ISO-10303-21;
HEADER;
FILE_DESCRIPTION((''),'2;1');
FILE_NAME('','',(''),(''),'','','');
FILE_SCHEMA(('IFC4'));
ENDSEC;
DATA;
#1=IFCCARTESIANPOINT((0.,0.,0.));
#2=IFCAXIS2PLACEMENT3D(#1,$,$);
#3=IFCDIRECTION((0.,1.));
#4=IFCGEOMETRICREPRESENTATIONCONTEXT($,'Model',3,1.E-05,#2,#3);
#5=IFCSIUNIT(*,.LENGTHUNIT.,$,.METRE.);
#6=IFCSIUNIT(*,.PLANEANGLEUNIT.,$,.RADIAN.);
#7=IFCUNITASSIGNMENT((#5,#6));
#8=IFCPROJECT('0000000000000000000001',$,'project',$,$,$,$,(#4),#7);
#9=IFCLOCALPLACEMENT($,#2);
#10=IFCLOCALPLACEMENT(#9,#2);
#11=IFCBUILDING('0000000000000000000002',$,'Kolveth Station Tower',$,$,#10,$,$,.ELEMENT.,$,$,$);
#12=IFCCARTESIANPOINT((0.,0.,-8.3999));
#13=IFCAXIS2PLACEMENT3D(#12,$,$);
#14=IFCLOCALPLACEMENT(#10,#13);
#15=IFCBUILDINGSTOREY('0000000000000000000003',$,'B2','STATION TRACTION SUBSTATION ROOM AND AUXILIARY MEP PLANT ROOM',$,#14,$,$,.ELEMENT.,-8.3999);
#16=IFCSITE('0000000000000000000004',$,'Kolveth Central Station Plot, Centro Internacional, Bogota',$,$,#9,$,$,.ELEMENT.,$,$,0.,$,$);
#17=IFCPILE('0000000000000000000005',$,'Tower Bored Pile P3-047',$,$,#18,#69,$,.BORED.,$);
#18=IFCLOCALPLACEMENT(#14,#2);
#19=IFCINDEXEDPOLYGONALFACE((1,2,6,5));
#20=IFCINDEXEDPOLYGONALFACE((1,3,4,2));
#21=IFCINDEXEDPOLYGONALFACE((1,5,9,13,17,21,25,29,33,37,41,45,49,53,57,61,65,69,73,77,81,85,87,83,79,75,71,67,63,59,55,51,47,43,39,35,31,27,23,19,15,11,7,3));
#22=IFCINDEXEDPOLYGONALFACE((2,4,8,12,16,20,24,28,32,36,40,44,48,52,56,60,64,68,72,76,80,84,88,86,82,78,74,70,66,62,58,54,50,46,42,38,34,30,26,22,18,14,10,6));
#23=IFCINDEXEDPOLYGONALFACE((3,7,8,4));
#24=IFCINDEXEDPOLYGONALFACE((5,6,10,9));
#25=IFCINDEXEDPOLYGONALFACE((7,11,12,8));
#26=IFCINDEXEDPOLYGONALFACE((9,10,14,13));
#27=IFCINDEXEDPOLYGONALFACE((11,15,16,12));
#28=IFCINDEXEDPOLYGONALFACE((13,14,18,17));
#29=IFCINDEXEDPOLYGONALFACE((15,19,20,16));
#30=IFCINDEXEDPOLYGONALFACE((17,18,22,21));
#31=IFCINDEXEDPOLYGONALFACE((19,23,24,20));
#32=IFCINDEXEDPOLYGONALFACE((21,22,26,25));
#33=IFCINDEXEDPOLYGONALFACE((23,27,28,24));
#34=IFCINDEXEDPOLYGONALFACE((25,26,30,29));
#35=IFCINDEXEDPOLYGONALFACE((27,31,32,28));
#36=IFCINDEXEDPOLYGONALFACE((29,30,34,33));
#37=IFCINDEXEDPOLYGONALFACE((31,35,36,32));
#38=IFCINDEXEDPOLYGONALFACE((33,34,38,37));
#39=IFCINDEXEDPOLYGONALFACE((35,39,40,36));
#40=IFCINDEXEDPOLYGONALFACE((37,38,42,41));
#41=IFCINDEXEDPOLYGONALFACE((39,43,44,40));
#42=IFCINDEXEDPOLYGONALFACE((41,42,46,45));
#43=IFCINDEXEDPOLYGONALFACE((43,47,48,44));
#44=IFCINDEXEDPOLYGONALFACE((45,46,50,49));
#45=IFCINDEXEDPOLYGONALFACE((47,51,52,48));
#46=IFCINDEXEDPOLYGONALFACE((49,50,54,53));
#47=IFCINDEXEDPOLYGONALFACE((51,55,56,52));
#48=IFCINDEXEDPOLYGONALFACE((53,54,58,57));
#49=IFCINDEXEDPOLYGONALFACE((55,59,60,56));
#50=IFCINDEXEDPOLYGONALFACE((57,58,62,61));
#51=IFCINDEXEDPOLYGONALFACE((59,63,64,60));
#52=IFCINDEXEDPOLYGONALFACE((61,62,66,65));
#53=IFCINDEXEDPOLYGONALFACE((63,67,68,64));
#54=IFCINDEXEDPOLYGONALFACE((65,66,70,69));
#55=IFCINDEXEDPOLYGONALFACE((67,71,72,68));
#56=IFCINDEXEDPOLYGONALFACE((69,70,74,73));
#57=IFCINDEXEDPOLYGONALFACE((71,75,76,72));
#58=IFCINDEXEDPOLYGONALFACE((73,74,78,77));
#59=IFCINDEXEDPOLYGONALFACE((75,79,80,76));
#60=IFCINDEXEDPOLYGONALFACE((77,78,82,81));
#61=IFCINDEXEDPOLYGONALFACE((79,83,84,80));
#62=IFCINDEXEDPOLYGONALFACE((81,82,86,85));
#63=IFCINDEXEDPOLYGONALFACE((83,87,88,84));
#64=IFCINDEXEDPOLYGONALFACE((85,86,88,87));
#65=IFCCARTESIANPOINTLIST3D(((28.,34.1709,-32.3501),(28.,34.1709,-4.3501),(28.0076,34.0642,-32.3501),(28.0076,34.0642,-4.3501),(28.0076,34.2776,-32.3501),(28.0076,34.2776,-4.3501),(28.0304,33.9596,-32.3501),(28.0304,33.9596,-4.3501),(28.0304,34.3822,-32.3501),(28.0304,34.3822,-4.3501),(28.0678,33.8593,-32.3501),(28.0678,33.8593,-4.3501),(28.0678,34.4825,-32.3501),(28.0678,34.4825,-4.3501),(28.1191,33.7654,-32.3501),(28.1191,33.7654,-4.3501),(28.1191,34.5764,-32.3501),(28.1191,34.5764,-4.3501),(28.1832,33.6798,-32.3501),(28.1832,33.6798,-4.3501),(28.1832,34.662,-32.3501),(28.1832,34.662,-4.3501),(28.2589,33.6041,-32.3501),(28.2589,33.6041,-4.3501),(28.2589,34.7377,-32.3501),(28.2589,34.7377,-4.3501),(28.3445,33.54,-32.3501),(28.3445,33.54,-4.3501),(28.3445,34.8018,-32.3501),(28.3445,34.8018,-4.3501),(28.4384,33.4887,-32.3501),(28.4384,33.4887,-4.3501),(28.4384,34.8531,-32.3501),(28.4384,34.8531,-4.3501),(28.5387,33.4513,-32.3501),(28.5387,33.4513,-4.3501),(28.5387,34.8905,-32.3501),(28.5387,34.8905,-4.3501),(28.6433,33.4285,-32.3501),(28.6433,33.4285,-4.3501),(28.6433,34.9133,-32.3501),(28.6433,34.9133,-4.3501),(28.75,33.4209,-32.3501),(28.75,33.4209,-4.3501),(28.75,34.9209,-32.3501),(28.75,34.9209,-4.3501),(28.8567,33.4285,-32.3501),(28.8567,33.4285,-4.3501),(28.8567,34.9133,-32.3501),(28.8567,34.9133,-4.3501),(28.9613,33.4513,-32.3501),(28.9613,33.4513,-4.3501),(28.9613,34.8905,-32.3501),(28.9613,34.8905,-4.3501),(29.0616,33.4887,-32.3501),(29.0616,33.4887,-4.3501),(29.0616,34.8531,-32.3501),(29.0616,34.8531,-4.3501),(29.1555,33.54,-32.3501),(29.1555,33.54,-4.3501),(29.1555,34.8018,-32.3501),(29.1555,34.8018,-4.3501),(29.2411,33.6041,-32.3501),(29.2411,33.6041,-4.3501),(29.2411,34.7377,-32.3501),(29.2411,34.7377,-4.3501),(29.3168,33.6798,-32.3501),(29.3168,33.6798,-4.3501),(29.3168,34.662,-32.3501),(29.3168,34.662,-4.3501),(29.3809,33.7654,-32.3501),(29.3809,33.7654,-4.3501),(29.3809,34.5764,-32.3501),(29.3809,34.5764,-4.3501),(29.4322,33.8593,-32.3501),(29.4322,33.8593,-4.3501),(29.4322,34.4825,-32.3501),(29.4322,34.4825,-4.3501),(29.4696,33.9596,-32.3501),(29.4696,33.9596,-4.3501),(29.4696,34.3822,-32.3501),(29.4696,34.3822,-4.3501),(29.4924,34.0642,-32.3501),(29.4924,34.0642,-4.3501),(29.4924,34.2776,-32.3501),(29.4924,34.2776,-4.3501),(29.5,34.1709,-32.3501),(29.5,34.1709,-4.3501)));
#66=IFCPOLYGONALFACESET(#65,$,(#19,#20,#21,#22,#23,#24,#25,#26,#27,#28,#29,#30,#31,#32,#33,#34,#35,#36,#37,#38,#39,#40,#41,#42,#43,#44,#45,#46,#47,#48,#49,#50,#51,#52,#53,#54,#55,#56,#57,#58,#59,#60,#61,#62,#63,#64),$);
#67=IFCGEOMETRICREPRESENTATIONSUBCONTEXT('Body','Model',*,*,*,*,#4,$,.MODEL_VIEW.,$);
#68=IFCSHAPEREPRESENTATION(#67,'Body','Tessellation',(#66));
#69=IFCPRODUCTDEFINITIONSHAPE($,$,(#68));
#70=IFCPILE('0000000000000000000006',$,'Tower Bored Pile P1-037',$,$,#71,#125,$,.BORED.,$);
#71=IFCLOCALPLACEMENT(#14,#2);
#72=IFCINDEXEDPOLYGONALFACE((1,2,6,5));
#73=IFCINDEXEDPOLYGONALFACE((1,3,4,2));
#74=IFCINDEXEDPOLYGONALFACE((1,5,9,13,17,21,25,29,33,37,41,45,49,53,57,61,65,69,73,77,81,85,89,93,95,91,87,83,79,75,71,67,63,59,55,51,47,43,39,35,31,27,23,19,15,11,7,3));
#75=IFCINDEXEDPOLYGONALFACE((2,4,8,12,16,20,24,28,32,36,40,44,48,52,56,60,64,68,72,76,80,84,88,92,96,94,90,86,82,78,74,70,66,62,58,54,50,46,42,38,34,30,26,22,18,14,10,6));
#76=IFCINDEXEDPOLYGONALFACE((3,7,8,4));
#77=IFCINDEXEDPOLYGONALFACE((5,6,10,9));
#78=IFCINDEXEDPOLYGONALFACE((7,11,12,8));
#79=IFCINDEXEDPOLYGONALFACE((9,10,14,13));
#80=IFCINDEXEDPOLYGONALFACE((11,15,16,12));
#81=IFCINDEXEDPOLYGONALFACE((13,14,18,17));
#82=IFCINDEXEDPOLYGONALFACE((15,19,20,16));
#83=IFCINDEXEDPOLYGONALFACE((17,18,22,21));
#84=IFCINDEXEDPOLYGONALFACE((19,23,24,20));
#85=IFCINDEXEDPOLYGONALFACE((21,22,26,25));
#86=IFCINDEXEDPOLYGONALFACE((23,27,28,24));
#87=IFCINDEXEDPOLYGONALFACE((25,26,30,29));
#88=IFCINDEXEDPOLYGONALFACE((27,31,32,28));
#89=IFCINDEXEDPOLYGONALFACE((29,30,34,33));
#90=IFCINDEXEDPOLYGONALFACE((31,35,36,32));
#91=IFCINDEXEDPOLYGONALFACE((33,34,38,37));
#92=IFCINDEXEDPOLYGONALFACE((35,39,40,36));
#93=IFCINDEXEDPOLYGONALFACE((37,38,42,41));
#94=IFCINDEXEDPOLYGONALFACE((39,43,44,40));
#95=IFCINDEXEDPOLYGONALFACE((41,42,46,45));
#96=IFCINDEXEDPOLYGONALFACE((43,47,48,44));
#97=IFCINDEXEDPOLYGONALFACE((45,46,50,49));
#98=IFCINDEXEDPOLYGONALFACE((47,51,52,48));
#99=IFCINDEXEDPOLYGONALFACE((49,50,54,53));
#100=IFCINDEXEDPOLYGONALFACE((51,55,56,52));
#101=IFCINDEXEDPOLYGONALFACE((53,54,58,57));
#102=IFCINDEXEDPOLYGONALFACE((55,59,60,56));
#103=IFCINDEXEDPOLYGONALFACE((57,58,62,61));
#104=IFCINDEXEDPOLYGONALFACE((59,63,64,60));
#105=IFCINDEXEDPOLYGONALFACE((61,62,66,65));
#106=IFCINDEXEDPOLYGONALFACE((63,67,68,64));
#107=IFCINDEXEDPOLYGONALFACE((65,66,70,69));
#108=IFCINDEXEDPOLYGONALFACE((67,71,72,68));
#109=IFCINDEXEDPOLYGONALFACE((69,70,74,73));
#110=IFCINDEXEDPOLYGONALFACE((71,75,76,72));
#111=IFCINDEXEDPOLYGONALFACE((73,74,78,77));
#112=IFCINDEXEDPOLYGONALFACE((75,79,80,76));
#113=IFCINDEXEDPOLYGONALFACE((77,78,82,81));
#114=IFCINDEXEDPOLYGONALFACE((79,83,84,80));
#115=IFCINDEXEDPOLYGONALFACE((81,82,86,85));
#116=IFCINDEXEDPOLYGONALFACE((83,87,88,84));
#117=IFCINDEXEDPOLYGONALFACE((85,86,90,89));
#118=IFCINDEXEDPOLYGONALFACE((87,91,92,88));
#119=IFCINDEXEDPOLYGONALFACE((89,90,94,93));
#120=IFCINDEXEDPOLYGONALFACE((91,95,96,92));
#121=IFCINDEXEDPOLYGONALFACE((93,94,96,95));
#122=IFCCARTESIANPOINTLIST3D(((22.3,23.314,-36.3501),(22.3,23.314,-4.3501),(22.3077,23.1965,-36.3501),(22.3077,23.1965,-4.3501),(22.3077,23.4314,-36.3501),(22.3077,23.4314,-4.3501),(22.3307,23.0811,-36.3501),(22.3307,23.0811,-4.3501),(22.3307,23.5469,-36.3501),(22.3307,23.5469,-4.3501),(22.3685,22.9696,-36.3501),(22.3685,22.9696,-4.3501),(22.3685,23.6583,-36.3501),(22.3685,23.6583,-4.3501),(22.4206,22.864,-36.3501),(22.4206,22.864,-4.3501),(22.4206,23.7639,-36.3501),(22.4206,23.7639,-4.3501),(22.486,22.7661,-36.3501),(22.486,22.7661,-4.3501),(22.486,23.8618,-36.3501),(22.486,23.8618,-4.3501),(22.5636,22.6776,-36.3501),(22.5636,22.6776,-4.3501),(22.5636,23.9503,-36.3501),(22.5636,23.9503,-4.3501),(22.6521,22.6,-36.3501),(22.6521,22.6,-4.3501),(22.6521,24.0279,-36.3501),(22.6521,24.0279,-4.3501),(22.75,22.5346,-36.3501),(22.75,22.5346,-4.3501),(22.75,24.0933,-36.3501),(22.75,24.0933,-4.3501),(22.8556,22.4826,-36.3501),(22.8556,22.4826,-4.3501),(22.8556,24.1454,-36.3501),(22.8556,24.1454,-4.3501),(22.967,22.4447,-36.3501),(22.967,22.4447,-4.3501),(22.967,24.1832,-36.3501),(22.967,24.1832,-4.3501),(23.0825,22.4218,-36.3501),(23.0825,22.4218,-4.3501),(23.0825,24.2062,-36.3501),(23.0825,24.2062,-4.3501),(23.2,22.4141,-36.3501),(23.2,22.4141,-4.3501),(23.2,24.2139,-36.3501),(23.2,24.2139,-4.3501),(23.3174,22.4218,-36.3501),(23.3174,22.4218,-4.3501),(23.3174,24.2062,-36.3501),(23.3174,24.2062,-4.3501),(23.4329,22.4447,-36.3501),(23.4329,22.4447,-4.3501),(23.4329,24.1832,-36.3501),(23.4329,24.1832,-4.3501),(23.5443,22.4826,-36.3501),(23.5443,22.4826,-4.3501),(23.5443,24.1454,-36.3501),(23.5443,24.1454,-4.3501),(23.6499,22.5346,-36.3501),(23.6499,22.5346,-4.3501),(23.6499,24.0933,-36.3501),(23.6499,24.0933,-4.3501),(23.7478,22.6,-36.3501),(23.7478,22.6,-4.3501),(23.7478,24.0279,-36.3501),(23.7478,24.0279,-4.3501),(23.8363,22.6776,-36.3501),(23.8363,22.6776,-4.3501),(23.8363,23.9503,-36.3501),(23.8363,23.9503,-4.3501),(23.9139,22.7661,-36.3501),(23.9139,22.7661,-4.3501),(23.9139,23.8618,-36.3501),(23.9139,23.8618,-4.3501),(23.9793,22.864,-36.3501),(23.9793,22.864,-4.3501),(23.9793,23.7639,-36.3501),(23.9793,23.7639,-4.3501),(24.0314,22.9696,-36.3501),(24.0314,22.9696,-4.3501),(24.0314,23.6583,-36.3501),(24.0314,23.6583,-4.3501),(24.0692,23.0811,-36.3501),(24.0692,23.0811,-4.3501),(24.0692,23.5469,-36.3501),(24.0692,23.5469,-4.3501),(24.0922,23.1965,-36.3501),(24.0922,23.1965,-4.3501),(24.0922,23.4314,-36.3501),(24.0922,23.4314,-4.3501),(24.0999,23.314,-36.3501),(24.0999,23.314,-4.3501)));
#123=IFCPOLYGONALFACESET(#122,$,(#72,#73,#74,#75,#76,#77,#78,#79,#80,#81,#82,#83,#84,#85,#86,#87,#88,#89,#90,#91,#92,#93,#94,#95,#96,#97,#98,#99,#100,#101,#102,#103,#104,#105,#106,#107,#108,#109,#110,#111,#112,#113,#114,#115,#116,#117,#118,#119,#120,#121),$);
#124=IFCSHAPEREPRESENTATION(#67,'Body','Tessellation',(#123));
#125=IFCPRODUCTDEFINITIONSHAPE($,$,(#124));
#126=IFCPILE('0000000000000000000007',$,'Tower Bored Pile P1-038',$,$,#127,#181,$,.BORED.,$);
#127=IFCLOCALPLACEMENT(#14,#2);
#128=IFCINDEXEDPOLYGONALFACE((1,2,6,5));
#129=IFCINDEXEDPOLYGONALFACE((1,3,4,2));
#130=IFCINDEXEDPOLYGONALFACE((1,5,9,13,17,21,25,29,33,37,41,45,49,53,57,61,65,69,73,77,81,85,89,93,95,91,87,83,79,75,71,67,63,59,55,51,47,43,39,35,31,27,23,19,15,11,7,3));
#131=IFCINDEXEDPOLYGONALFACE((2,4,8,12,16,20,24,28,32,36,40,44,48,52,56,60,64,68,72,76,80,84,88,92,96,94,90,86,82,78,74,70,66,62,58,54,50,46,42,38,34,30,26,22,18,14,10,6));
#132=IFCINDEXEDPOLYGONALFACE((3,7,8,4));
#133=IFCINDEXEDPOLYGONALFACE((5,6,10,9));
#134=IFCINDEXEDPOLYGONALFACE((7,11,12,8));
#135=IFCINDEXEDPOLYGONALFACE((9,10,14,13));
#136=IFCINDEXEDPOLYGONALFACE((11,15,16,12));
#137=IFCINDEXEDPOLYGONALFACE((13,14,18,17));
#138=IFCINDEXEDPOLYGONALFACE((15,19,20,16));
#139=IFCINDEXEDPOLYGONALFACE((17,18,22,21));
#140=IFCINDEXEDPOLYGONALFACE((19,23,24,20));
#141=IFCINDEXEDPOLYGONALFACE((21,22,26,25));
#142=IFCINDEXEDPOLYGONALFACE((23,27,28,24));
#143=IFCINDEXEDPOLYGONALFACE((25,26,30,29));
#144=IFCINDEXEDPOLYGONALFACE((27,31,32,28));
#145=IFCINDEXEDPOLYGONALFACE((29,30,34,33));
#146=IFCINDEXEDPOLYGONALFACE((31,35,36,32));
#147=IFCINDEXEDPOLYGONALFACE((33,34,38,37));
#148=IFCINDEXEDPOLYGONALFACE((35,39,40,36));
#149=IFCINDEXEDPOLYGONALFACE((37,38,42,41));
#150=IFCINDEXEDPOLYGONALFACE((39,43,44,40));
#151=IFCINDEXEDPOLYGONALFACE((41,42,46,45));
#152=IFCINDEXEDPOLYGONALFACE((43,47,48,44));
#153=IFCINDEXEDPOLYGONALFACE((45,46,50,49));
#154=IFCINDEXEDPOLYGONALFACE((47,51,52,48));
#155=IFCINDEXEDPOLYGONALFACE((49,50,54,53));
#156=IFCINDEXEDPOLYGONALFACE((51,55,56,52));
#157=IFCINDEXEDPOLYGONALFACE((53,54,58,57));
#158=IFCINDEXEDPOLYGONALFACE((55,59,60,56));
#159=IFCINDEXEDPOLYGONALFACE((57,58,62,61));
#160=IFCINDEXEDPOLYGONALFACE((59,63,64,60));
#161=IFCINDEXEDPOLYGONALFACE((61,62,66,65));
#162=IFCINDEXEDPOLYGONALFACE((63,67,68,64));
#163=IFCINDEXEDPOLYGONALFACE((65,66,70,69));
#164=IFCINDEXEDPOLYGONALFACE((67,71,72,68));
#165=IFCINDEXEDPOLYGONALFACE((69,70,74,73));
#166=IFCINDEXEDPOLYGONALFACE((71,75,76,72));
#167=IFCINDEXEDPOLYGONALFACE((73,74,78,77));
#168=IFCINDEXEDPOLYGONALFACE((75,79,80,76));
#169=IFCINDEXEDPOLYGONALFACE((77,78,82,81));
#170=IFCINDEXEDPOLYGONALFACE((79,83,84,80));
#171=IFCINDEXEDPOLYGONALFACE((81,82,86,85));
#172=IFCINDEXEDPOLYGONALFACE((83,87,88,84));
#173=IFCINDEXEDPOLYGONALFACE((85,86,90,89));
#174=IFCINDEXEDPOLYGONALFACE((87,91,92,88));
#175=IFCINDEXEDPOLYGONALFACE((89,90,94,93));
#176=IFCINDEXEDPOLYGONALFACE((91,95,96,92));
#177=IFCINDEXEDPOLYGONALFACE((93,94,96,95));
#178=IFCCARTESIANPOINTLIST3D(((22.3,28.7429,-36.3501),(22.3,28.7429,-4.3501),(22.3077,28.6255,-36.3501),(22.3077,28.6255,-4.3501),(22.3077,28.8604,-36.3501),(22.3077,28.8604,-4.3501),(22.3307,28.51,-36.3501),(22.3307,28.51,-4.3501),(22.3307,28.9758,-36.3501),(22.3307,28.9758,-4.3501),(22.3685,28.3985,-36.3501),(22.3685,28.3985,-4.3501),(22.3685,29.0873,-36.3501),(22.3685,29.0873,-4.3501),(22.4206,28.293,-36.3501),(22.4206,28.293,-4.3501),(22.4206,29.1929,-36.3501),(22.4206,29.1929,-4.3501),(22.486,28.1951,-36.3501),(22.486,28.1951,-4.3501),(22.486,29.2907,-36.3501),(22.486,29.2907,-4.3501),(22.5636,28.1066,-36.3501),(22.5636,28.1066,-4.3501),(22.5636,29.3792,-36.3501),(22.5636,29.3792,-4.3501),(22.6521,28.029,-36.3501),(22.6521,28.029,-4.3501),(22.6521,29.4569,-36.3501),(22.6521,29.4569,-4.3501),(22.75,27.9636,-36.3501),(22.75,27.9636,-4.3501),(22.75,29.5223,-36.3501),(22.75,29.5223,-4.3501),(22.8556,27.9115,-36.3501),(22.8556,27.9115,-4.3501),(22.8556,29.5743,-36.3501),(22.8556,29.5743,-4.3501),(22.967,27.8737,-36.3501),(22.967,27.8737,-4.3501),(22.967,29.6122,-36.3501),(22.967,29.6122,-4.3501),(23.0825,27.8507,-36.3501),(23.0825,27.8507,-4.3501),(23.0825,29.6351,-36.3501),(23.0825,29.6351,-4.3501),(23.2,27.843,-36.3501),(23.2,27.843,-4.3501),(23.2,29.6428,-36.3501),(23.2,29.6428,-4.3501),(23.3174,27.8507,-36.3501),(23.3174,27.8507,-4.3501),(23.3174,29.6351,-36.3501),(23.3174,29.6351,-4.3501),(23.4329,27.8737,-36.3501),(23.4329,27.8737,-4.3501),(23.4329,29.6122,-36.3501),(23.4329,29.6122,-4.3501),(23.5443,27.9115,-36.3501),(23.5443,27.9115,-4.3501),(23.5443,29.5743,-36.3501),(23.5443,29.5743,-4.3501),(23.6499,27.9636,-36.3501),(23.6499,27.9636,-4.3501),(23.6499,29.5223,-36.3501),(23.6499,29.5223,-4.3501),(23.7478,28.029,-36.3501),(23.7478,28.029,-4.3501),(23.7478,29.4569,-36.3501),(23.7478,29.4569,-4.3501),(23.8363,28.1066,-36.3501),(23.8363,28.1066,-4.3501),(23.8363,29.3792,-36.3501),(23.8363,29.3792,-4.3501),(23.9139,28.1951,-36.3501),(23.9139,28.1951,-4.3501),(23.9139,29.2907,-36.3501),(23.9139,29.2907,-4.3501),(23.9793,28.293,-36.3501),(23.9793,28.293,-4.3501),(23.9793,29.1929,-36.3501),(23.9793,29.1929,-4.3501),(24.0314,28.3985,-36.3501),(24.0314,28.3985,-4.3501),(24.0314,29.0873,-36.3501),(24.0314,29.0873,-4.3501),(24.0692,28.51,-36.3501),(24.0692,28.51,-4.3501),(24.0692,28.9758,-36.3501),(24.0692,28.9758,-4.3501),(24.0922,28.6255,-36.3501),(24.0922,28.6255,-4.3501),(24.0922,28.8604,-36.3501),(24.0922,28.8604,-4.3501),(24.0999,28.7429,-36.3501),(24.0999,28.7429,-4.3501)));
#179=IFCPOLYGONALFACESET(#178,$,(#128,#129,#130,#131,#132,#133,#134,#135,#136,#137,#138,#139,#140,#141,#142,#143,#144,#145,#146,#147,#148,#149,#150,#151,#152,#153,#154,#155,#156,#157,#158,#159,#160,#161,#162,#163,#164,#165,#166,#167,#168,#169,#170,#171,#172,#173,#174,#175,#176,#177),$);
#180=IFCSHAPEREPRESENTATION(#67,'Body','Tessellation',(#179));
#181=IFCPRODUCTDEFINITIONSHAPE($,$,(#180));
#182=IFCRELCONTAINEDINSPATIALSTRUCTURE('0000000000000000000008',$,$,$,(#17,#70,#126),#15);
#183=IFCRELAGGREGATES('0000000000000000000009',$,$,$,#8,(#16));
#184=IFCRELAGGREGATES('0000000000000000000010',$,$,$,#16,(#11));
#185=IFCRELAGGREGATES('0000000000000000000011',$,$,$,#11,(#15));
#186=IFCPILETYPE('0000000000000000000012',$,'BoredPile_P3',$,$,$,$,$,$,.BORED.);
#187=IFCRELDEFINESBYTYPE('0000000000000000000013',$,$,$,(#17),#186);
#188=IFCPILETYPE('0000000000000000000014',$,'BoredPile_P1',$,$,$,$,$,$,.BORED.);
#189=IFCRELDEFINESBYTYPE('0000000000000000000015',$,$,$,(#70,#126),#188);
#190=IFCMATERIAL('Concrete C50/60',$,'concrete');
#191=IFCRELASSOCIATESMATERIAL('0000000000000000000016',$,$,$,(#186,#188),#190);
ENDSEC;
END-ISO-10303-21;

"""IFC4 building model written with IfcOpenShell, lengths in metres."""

from ifc_helpers import new_model, si_unit, direction, frame, origin, origin_2d, place, context, subcontext, project, spatial, circle, extrude, source, transform, mapped, material, material_profile, profile_set, type_object, element, save


model = new_model("IFC4")

# Units and contexts
model_context = context("Model", 3, precision=1e-05, world=origin(), true_north=direction((0.0, 1.0)))
body_context = subcontext(model_context, "Body", "Model", "MODEL_VIEW")
ifc_project = project(units=[si_unit("LENGTHUNIT", "METRE"), si_unit("PLANEANGLEUNIT", "RADIAN")], contexts=[model_context])

# Site, building, storey
site_placement = place(None, origin())
site = spatial("IfcSite", under=ifc_project, at=site_placement, Name="Kolveth Central Station Plot, Centro Internacional, Bogota", CompositionType="ELEMENT", RefElevation=0.0)
building_placement = place(site_placement, origin())
building = spatial("IfcBuilding", under=site, at=building_placement, Name="Kolveth Station Tower", CompositionType="ELEMENT")
storey_placement = place(building_placement, frame((0.0, 0.0, -8.3999)))
storey = spatial("IfcBuildingStorey", under=building, at=storey_placement, Name="B2", Description="STATION TRACTION SUBSTATION ROOM AND AUXILIARY MEP PLANT ROOM", CompositionType="ELEMENT", Elevation=-8.3999)

# Piles
ifc_material_1 = material(Name="Concrete C50/60", Category="concrete")
ifc_material_profile_1 = material_profile(ifc_material_1, circle(Radius=0.75, at=origin_2d()), Name="PILE-D1500")
ifc_profile_set_1 = profile_set([ifc_material_profile_1], Name="Concrete C50/60")
pile_type_1 = type_object("IfcPileType", Name="BoredPile_P3", PredefinedType="BORED", material=ifc_profile_set_1)
shared_shape_1 = source(origin(), body_context, "Body", "SweptSolid", [
    extrude(circle(Radius=0.75, at=origin_2d()), origin(), (0.0, 0.0, 1.0), 28.0),
])
for number, where, z_axis, x_axis, name in (
    (1, (28.75, 34.1709, -4.3501), (0.0, 0.0, -1.0), (1.0, 0.0, 0.0), "Tower Bored Pile P3-047"),
):
    element("IfcPile", number, at=place(storey_placement, frame(where, z_axis=z_axis, x_axis=x_axis)), inside=storey, type_object=pile_type_1, Name=name, PredefinedType="BORED", context=body_context, shape_type="MappedRepresentation", body=[
        mapped(shared_shape_1, transform((0.0, 0.0, 0.0), x_axis=(1.0, 0.0, 0.0), y_axis=(0.0, 1.0, 0.0), z_axis=(0.0, 0.0, 1.0), scale=1.0)),
    ])
ifc_material_profile_2 = material_profile(ifc_material_1, circle(Radius=0.8999, at=origin_2d()), Name="PILE-D1800")
ifc_profile_set_2 = profile_set([ifc_material_profile_2], Name="Concrete C50/60")
pile_type_2 = type_object("IfcPileType", Name="BoredPile_P1", PredefinedType="BORED", material=ifc_profile_set_2)
shared_shape_2 = source(origin(), body_context, "Body", "SweptSolid", [
    extrude(circle(Radius=0.8999, at=origin_2d()), origin(), (0.0, 0.0, 1.0), 32.0),
])
for number, where, z_axis, x_axis, name in (
    (2, (23.2, 23.314, -4.3501), (0.0, 0.0, -1.0), (1.0, 0.0, 0.0), "Tower Bored Pile P1-037"),
    (3, (23.2, 28.7429, -4.3501), (0.0, 0.0, -1.0), (1.0, 0.0, 0.0), "Tower Bored Pile P1-038"),
):
    element("IfcPile", number, at=place(storey_placement, frame(where, z_axis=z_axis, x_axis=x_axis)), inside=storey, type_object=pile_type_2, Name=name, PredefinedType="BORED", context=body_context, shape_type="MappedRepresentation", body=[
        mapped(shared_shape_2, transform((0.0, 0.0, 0.0), x_axis=(1.0, 0.0, 0.0), y_axis=(0.0, 1.0, 0.0), z_axis=(0.0, 0.0, 1.0), scale=1.0)),
    ])

save(model, "model.ifc")
